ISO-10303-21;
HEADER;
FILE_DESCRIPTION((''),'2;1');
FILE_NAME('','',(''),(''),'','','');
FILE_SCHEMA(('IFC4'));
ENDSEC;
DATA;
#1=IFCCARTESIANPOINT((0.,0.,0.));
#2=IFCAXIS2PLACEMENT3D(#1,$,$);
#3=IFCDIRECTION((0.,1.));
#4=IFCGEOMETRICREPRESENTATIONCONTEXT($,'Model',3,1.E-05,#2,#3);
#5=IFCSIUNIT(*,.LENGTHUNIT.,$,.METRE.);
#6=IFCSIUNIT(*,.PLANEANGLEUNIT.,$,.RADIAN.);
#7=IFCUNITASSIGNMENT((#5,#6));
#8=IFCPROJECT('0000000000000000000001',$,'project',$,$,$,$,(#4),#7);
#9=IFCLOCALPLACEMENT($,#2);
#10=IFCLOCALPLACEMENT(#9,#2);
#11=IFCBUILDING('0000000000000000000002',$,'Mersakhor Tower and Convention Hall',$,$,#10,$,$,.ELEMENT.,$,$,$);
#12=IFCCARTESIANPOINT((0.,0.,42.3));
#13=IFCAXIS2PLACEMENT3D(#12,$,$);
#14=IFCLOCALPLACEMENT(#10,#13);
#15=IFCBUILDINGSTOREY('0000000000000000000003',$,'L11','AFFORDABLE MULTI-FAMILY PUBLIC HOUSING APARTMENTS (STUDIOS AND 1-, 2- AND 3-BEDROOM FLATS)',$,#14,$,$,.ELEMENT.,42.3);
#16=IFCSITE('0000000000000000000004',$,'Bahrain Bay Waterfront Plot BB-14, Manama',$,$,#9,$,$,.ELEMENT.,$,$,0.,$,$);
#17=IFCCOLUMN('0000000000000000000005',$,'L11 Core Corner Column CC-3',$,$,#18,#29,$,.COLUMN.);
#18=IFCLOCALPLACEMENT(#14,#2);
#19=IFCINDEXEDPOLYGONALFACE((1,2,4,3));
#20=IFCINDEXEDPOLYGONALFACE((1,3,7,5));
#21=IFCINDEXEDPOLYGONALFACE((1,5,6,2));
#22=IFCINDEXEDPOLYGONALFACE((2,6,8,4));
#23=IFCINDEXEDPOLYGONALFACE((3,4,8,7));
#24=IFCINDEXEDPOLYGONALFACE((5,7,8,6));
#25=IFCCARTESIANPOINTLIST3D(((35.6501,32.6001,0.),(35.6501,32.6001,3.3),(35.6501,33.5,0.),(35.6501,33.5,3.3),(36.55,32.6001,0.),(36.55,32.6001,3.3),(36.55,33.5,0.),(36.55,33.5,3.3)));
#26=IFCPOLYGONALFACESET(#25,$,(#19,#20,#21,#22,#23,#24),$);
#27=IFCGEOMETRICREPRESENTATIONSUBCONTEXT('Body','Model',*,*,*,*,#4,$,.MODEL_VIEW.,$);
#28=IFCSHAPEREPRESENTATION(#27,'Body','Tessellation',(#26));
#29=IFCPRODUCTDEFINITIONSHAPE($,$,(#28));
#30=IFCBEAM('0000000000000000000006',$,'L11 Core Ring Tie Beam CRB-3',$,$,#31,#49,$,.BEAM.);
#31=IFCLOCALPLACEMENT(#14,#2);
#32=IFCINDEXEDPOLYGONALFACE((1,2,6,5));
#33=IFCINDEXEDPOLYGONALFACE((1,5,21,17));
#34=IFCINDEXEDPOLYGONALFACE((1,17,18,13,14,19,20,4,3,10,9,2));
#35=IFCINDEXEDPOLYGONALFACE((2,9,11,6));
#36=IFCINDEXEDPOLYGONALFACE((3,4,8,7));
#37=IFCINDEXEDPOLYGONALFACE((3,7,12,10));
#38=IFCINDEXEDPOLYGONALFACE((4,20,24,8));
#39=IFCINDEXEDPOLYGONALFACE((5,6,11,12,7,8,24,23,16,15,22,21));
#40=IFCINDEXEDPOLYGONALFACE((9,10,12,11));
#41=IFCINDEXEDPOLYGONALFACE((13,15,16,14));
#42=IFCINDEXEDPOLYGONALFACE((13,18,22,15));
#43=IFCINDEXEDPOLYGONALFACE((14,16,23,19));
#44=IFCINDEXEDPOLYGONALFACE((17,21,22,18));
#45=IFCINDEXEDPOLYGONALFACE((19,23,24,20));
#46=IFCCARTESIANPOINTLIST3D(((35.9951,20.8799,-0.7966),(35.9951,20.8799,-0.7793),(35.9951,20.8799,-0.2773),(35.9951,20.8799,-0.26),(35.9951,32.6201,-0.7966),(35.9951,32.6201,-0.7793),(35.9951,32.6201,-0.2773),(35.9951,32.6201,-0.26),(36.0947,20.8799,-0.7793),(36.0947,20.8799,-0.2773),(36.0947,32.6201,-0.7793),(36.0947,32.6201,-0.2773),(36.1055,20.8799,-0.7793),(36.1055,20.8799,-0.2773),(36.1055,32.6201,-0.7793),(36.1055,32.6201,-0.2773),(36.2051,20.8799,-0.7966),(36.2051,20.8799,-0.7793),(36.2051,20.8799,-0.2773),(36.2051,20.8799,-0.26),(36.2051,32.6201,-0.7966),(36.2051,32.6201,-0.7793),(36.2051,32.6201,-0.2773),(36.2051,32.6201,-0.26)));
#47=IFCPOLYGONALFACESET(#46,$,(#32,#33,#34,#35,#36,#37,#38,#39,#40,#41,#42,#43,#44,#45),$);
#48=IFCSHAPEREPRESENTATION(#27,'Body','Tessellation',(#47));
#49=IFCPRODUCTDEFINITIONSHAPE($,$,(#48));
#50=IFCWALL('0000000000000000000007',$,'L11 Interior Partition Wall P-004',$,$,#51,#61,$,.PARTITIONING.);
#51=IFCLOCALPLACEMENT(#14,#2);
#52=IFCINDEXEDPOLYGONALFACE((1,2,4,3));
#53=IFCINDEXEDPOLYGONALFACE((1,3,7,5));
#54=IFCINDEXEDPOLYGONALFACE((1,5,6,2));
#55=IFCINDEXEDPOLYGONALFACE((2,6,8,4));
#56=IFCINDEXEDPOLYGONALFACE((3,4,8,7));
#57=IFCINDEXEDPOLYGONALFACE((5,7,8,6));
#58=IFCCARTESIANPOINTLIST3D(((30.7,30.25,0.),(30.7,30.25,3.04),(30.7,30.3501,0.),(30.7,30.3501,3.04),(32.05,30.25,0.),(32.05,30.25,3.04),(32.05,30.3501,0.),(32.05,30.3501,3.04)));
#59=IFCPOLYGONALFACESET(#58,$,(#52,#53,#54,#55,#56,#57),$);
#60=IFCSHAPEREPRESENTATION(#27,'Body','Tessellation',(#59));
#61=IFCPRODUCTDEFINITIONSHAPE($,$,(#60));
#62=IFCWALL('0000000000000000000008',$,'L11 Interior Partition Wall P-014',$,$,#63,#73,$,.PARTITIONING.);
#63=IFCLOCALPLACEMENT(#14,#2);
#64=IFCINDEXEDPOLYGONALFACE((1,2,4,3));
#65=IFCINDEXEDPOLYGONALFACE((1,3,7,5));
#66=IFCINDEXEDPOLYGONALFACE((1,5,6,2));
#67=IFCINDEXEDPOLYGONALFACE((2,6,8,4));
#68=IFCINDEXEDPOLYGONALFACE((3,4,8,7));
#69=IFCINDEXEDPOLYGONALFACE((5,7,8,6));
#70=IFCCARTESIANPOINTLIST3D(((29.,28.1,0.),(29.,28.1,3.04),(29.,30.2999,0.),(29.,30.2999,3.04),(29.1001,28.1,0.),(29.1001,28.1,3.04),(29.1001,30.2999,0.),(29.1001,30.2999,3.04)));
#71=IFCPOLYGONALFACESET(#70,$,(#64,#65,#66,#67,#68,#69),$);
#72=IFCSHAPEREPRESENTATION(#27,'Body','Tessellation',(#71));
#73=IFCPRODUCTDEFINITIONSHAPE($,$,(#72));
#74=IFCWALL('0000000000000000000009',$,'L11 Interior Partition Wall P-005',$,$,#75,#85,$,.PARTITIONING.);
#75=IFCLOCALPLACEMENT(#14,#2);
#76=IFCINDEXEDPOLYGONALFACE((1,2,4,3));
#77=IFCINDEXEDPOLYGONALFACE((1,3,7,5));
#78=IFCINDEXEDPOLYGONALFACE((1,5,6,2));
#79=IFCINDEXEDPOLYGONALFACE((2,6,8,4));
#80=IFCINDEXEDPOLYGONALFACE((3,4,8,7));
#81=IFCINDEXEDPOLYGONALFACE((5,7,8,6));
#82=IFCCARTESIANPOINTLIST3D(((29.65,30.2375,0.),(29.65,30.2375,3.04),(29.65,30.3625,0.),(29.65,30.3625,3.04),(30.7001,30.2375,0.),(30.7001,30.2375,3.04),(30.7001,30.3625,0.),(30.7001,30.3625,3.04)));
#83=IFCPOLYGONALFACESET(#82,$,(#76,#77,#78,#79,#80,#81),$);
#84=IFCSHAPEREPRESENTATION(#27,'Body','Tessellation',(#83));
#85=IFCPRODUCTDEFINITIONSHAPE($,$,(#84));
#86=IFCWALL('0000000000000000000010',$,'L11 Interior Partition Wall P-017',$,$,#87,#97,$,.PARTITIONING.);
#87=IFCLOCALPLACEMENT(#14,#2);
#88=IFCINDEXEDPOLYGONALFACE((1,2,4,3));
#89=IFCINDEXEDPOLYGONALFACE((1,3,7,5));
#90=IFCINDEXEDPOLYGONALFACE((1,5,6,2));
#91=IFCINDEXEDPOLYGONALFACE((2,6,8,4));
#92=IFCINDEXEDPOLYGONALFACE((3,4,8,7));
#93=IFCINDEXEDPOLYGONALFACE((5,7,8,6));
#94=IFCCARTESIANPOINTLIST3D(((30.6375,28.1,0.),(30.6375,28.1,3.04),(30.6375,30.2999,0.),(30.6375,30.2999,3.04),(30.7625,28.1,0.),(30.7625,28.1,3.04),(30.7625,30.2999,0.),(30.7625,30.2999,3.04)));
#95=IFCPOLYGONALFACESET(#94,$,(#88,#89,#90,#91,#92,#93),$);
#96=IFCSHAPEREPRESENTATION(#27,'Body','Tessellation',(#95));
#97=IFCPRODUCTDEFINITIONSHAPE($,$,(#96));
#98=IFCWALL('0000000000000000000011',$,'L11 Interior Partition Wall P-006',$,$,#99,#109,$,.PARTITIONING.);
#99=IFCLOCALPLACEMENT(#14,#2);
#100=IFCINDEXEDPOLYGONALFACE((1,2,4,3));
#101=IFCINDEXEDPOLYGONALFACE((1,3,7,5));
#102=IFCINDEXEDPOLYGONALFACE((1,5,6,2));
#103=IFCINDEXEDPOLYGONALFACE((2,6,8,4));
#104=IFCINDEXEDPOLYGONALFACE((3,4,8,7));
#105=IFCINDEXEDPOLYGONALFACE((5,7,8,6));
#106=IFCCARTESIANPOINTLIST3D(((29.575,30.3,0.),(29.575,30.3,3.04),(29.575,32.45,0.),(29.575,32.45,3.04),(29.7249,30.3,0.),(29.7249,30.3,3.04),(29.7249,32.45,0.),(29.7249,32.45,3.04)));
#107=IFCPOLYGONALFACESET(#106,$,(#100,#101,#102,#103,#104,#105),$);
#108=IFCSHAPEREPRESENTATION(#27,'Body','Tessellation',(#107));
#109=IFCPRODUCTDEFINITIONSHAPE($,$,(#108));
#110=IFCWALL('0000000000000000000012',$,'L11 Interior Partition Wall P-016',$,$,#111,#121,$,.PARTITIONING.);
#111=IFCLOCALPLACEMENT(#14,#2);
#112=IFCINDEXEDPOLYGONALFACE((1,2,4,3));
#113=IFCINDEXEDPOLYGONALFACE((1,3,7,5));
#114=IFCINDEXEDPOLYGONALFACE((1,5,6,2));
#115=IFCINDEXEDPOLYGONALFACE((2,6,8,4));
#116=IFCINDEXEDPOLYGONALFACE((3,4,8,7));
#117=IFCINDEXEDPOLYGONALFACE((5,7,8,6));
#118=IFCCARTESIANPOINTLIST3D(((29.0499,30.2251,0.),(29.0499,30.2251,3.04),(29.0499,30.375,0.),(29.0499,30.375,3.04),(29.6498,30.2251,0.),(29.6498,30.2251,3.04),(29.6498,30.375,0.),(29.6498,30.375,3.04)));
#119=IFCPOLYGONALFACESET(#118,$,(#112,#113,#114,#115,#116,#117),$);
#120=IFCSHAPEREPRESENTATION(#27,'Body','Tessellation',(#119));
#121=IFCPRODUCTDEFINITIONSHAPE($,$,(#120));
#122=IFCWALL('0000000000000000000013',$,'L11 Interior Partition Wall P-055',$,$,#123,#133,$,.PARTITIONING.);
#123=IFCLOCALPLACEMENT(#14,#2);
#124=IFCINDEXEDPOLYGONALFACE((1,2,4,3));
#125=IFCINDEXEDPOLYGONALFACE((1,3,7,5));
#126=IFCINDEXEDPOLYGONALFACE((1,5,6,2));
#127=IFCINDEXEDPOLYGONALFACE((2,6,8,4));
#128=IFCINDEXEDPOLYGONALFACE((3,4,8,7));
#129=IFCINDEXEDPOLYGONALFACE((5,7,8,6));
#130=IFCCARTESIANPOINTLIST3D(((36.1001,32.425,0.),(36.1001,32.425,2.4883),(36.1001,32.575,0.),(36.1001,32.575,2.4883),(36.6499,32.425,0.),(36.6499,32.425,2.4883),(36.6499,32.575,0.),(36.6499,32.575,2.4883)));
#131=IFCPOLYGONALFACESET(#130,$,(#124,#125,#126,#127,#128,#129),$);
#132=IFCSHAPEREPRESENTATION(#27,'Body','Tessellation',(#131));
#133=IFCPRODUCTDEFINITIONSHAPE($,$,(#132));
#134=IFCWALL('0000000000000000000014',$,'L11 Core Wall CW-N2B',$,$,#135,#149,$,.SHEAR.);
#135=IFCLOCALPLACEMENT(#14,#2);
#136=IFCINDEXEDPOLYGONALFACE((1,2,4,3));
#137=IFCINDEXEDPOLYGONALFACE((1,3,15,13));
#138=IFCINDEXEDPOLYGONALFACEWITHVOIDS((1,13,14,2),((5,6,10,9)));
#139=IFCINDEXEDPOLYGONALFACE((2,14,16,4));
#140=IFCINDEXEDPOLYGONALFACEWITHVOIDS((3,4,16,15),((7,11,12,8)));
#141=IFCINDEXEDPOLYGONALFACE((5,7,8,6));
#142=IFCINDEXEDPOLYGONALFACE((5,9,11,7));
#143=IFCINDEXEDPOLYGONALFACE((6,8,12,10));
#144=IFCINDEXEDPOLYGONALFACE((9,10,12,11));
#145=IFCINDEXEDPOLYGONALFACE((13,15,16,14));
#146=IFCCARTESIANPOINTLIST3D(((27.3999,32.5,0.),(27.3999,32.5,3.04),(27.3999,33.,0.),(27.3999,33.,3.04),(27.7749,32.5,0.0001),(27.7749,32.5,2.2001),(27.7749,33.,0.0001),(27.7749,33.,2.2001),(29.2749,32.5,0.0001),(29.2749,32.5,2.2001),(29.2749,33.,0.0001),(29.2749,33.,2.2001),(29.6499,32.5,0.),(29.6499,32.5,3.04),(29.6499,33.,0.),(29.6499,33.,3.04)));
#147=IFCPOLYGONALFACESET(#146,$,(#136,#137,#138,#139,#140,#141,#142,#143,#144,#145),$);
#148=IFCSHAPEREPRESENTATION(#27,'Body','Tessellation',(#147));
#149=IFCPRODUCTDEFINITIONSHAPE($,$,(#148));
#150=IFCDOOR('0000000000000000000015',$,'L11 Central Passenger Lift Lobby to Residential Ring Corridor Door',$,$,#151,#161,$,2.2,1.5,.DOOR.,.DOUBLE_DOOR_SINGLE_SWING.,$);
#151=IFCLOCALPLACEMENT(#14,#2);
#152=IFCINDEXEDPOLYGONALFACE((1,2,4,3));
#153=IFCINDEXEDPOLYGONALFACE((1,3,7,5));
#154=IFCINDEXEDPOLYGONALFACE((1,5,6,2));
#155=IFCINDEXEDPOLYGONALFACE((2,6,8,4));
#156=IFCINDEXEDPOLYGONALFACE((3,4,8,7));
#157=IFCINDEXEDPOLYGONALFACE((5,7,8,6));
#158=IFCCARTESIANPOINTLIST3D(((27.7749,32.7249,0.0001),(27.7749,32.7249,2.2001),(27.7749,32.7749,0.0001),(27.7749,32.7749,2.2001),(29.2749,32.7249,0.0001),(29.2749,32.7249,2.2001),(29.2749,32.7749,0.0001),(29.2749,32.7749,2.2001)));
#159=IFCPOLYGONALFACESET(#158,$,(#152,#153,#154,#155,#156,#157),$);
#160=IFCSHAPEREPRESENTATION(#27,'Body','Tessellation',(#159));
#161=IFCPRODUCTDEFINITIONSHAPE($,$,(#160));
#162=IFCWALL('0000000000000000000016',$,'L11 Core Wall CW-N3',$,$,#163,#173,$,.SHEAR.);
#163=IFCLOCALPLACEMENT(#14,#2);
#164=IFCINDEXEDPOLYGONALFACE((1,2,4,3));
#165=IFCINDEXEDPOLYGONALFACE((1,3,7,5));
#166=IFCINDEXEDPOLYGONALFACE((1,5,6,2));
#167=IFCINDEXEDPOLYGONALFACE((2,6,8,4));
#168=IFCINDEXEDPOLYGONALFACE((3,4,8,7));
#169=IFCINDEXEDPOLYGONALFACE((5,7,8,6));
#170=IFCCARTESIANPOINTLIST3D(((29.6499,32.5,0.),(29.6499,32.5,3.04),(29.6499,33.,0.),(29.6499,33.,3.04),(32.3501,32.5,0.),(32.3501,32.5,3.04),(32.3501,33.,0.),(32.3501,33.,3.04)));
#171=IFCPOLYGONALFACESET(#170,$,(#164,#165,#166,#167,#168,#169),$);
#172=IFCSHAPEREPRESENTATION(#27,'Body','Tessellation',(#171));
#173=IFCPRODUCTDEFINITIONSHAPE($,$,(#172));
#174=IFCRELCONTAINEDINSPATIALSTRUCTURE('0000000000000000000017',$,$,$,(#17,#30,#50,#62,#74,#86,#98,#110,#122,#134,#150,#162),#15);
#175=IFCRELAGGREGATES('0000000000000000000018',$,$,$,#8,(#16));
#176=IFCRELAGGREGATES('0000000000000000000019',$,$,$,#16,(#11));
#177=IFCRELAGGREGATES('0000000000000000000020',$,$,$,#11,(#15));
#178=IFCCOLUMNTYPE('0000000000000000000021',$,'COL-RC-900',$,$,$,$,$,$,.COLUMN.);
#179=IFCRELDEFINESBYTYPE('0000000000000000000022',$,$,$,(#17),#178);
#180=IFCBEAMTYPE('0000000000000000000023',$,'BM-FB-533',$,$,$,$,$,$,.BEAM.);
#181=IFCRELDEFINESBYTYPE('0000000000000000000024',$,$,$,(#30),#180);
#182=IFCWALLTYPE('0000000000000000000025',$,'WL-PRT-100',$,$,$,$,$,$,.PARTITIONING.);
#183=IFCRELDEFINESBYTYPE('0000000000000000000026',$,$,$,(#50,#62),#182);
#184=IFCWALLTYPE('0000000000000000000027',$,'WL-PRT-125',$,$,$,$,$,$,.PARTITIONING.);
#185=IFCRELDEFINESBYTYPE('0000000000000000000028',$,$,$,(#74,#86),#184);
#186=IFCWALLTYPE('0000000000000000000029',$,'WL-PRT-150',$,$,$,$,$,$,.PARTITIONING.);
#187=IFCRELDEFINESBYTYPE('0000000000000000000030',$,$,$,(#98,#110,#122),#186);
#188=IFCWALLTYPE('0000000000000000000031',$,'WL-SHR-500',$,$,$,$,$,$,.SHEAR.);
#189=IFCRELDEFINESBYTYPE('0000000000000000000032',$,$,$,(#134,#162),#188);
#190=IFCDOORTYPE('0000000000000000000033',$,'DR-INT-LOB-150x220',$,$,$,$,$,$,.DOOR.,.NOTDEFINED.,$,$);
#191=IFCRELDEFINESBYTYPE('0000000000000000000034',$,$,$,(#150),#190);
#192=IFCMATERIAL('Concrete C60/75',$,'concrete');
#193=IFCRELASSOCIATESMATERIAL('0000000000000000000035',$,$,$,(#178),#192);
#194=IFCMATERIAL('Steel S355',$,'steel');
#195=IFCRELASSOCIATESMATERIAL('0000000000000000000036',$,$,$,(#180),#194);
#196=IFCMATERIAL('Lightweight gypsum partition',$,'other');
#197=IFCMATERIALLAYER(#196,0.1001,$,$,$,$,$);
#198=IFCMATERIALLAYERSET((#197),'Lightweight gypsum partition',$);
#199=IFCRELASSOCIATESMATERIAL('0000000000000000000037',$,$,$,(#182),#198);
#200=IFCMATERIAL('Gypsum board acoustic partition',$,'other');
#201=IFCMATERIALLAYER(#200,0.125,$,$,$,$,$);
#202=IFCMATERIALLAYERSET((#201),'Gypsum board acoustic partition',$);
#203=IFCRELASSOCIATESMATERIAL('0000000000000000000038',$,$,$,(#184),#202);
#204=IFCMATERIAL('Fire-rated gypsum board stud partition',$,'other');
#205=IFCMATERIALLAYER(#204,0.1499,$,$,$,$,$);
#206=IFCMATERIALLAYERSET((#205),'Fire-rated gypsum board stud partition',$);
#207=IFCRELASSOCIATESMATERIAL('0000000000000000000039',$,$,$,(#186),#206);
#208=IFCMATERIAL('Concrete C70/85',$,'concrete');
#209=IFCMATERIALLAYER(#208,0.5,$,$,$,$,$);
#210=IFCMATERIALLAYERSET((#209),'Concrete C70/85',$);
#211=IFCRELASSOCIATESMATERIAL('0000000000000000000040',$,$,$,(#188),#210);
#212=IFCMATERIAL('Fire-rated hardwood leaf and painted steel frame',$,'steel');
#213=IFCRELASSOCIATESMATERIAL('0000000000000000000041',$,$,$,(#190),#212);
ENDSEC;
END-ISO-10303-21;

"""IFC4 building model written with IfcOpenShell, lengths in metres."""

from ifc_helpers import new_model, si_unit, direction, frame, frame_2d, origin, origin_2d, place, context, subcontext, project, spatial, rectangle, i_section, extrude, material, layer, layer_set, material_profile, profile_set, type_object, element, fill, save


model = new_model("IFC4")

# Units and contexts
model_context = context("Model", 3, precision=1e-05, world=origin(), true_north=direction((0.0, 1.0)))
body_context = subcontext(model_context, "Body", "Model", "MODEL_VIEW")
ifc_project = project(units=[si_unit("LENGTHUNIT", "METRE"), si_unit("PLANEANGLEUNIT", "RADIAN")], contexts=[model_context])

# Site, building, storey
site_placement = place(None, origin())
site = spatial("IfcSite", under=ifc_project, at=site_placement, Name="Bahrain Bay Waterfront Plot BB-14, Manama", CompositionType="ELEMENT", RefElevation=0.0)
building_placement = place(site_placement, origin())
building = spatial("IfcBuilding", under=site, at=building_placement, Name="Mersakhor Tower and Convention Hall", CompositionType="ELEMENT")
storey_placement = place(building_placement, frame((0.0, 0.0, 42.3)))
storey = spatial("IfcBuildingStorey", under=building, at=storey_placement, Name="L11", Description="AFFORDABLE MULTI-FAMILY PUBLIC HOUSING APARTMENTS (STUDIOS AND 1-, 2- AND 3-BEDROOM FLATS)", CompositionType="ELEMENT", Elevation=42.3)

# Column
ifc_material_1 = material(Name="Concrete C60/75", Category="concrete")
ifc_material_profile_1 = material_profile(ifc_material_1, rectangle(XDim=0.8999, YDim=0.8999, at=origin_2d()), Name="RC 900x900")
ifc_profile_set_1 = profile_set([ifc_material_profile_1], Name="Concrete C60/75")
column_type = type_object("IfcColumnType", Name="COL-RC-900", PredefinedType="COLUMN", material=ifc_profile_set_1)
column_placement = place(storey_placement, frame((36.1001, 33.05, 0.0), z_axis=(0.0, 0.0, 1.0), x_axis=(1.0, 0.0, 0.0)))
element("IfcColumn", 1, at=column_placement, inside=storey, type_object=column_type, Name="L11 Core Corner Column CC-3", PredefinedType="COLUMN", context=body_context, shape_type="SweptSolid", body=[
    extrude(rectangle(XDim=0.8999, YDim=0.8999, at=origin_2d()), origin(), (0.0, 0.0, 1.0), 3.3),
])

# Beam
ifc_material_2 = material(Name="Steel S355", Category="steel")
ifc_material_profile_2 = material_profile(ifc_material_2, i_section(OverallWidth=0.21, OverallDepth=0.5366, WebThickness=0.0107, FlangeThickness=0.0173, at=origin_2d()), Name="UB 533x210x101")
ifc_profile_set_2 = profile_set([ifc_material_profile_2], Name="Steel S355")
beam_type = type_object("IfcBeamType", Name="BM-FB-533", PredefinedType="BEAM", material=ifc_profile_set_2)
beam_placement = place(storey_placement, frame((36.1001, 32.6201, -0.5283), z_axis=(0.0, -1.0, 0.0), x_axis=(1.0, 0.0, 0.0)))
element("IfcBeam", 2, at=beam_placement, inside=storey, type_object=beam_type, Name="L11 Core Ring Tie Beam CRB-3", PredefinedType="BEAM", context=body_context, shape_type="SweptSolid", body=[
    extrude(i_section(OverallWidth=0.21, OverallDepth=0.5366, WebThickness=0.0107, FlangeThickness=0.0173, at=origin_2d()), origin(), (0.0, 0.0, 1.0), 11.7402),
])

# Walls
ifc_material_3 = material(Name="Lightweight gypsum partition", Category="other")
ifc_layer_1 = layer(ifc_material_3, 0.1001)
ifc_layer_set_1 = layer_set([ifc_layer_1], Name="Lightweight gypsum partition")
wall_type_1 = type_object("IfcWallType", Name="WL-PRT-100", PredefinedType="PARTITIONING", material=ifc_layer_set_1)
wall_1_placement = place(storey_placement, frame((32.05, 30.3, 0.0), z_axis=(0.0, 0.0, 1.0), x_axis=(-1.0, 0.0, 0.0)))
element("IfcWall", 3, at=wall_1_placement, inside=storey, type_object=wall_type_1, Name="L11 Interior Partition Wall P-004", PredefinedType="PARTITIONING", context=body_context, shape_type="SweptSolid", body=[
    extrude(rectangle(XDim=1.3501, YDim=0.1001, at=frame_2d((0.675, 0.0))), origin(), (0.0, 0.0, 1.0), 3.04),
])
wall_2_placement = place(storey_placement, frame((29.05, 30.3, 0.0), z_axis=(0.0, 0.0, 1.0), x_axis=(0.0, -1.0, 0.0)))
element("IfcWall", 4, at=wall_2_placement, inside=storey, type_object=wall_type_1, Name="L11 Interior Partition Wall P-014", PredefinedType="PARTITIONING", context=body_context, shape_type="SweptSolid", body=[
    extrude(rectangle(XDim=2.2, YDim=0.1001, at=frame_2d((1.1001, 0.0))), origin(), (0.0, 0.0, 1.0), 3.04),
])
ifc_material_4 = material(Name="Gypsum board acoustic partition", Category="other")
ifc_layer_2 = layer(ifc_material_4, 0.125)
ifc_layer_set_2 = layer_set([ifc_layer_2], Name="Gypsum board acoustic partition")
wall_type_2 = type_object("IfcWallType", Name="WL-PRT-125", PredefinedType="PARTITIONING", material=ifc_layer_set_2)
wall_3_placement = place(storey_placement, frame((30.7, 30.3, 0.0), z_axis=(0.0, 0.0, 1.0), x_axis=(-1.0, 0.0, 0.0)))
element("IfcWall", 5, at=wall_3_placement, inside=storey, type_object=wall_type_2, Name="L11 Interior Partition Wall P-005", PredefinedType="PARTITIONING", context=body_context, shape_type="SweptSolid", body=[
    extrude(rectangle(XDim=1.05, YDim=0.125, at=frame_2d((0.5249, 0.0))), origin(), (0.0, 0.0, 1.0), 3.04),
])
wall_4_placement = place(storey_placement, frame((30.7, 30.3, 0.0), z_axis=(0.0, 0.0, 1.0), x_axis=(0.0, -1.0, 0.0)))
element("IfcWall", 6, at=wall_4_placement, inside=storey, type_object=wall_type_2, Name="L11 Interior Partition Wall P-017", PredefinedType="PARTITIONING", context=body_context, shape_type="SweptSolid", body=[
    extrude(rectangle(XDim=2.2, YDim=0.125, at=frame_2d((1.1001, 0.0))), origin(), (0.0, 0.0, 1.0), 3.04),
])
ifc_material_5 = material(Name="Fire-rated gypsum board stud partition", Category="other")
ifc_layer_3 = layer(ifc_material_5, 0.1499)
ifc_layer_set_3 = layer_set([ifc_layer_3], Name="Fire-rated gypsum board stud partition")
wall_type_3 = type_object("IfcWallType", Name="WL-PRT-150", PredefinedType="PARTITIONING", material=ifc_layer_set_3)
wall_5_placement = place(storey_placement, frame((29.6499, 30.3, 0.0), z_axis=(0.0, 0.0, 1.0), x_axis=(0.0, 1.0, 0.0)))
element("IfcWall", 7, at=wall_5_placement, inside=storey, type_object=wall_type_3, Name="L11 Interior Partition Wall P-006", PredefinedType="PARTITIONING", context=body_context, shape_type="SweptSolid", body=[
    extrude(rectangle(XDim=2.1499, YDim=0.1499, at=frame_2d((1.075, 0.0))), origin(), (0.0, 0.0, 1.0), 3.04),
])
wall_6_placement = place(storey_placement, frame((29.05, 30.3, 0.0), z_axis=(0.0, 0.0, 1.0), x_axis=(1.0, 0.0, 0.0)))
element("IfcWall", 8, at=wall_6_placement, inside=storey, type_object=wall_type_3, Name="L11 Interior Partition Wall P-016", PredefinedType="PARTITIONING", context=body_context, shape_type="SweptSolid", body=[
    extrude(rectangle(XDim=0.5999, YDim=0.1499, at=frame_2d((0.2998, 0.0))), origin(), (0.0, 0.0, 1.0), 3.04),
])
wall_7_placement = place(storey_placement, frame((36.1001, 32.5, 0.0), z_axis=(0.0, 0.0, 1.0), x_axis=(1.0, 0.0, 0.0)))
element("IfcWall", 9, at=wall_7_placement, inside=storey, type_object=wall_type_3, Name="L11 Interior Partition Wall P-055", PredefinedType="PARTITIONING", context=body_context, shape_type="SweptSolid", body=[
    extrude(rectangle(XDim=0.5498, YDim=0.1499, at=frame_2d((0.2749, 0.0))), origin(), (0.0, 0.0, 1.0), 2.4883),
])

# Wall, opening, door
ifc_material_6 = material(Name="Concrete C70/85", Category="concrete")
ifc_layer_4 = layer(ifc_material_6, 0.5)
ifc_layer_set_4 = layer_set([ifc_layer_4], Name="Concrete C70/85")
wall_type_4 = type_object("IfcWallType", Name="WL-SHR-500", PredefinedType="SHEAR", material=ifc_layer_set_4)
wall_8_placement = place(storey_placement, frame((27.3999, 32.75, 0.0), z_axis=(0.0, 0.0, 1.0), x_axis=(1.0, 0.0, 0.0)))
wall_8 = element("IfcWall", 10, at=wall_8_placement, inside=storey, type_object=wall_type_4, Name="L11 Core Wall CW-N2B", PredefinedType="SHEAR", context=body_context, shape_type="SweptSolid", body=[
    extrude(rectangle(XDim=2.25, YDim=0.5, at=frame_2d((1.125, 0.0))), origin(), (0.0, 0.0, 1.0), 3.04),
])
opening_1_placement = place(wall_8_placement, frame((0.375, 0.0, 0.0)))
opening_1 = element("IfcOpeningElement", 11, at=opening_1_placement, cuts=wall_8, PredefinedType="OPENING", context=body_context, shape_type="SweptSolid", body=[
    extrude(rectangle(XDim=1.5, YDim=2.2, at=frame_2d((0.75, 1.1001))), frame((0.0, 0.26, 0.0), z_axis=(0.0, -1.0, 0.0), x_axis=(1.0, 0.0, 0.0)), (0.0, 0.0, 1.0), 0.52),
])
ifc_material_7 = material(Name="Fire-rated hardwood leaf and painted steel frame", Category="steel")
door_type_1 = type_object("IfcDoorType", Name="DR-INT-LOB-150x220", OperationType="NOTDEFINED", PredefinedType="DOOR", material=ifc_material_7)
door_1_placement = place(opening_1_placement, origin())
door_1 = element("IfcDoor", 12, at=door_1_placement, inside=storey, type_object=door_type_1, Name="L11 Central Passenger Lift Lobby to Residential Ring Corridor Door", OperationType="DOUBLE_DOOR_SINGLE_SWING", OverallHeight=2.2, OverallWidth=1.5, PredefinedType="DOOR", context=body_context, shape_type="SweptSolid", body=[
    extrude(rectangle(XDim=1.5, YDim=2.2, at=frame_2d((0.75, 1.1001))), frame((0.0, 0.0249, 0.0), z_axis=(0.0, -1.0, 0.0), x_axis=(1.0, 0.0, 0.0)), (0.0, 0.0, 1.0), 0.05),
])
fill(opening_1, door_1)

# Wall
wall_9_placement = place(storey_placement, frame((29.6499, 32.75, 0.0), z_axis=(0.0, 0.0, 1.0), x_axis=(1.0, 0.0, 0.0)))
element("IfcWall", 13, at=wall_9_placement, inside=storey, type_object=wall_type_4, Name="L11 Core Wall CW-N3", PredefinedType="SHEAR", context=body_context, shape_type="SweptSolid", body=[
    extrude(rectangle(XDim=2.7002, YDim=0.5, at=frame_2d((1.3501, 0.0))), origin(), (0.0, 0.0, 1.0), 3.04),
])

save(model, "model.ifc")
